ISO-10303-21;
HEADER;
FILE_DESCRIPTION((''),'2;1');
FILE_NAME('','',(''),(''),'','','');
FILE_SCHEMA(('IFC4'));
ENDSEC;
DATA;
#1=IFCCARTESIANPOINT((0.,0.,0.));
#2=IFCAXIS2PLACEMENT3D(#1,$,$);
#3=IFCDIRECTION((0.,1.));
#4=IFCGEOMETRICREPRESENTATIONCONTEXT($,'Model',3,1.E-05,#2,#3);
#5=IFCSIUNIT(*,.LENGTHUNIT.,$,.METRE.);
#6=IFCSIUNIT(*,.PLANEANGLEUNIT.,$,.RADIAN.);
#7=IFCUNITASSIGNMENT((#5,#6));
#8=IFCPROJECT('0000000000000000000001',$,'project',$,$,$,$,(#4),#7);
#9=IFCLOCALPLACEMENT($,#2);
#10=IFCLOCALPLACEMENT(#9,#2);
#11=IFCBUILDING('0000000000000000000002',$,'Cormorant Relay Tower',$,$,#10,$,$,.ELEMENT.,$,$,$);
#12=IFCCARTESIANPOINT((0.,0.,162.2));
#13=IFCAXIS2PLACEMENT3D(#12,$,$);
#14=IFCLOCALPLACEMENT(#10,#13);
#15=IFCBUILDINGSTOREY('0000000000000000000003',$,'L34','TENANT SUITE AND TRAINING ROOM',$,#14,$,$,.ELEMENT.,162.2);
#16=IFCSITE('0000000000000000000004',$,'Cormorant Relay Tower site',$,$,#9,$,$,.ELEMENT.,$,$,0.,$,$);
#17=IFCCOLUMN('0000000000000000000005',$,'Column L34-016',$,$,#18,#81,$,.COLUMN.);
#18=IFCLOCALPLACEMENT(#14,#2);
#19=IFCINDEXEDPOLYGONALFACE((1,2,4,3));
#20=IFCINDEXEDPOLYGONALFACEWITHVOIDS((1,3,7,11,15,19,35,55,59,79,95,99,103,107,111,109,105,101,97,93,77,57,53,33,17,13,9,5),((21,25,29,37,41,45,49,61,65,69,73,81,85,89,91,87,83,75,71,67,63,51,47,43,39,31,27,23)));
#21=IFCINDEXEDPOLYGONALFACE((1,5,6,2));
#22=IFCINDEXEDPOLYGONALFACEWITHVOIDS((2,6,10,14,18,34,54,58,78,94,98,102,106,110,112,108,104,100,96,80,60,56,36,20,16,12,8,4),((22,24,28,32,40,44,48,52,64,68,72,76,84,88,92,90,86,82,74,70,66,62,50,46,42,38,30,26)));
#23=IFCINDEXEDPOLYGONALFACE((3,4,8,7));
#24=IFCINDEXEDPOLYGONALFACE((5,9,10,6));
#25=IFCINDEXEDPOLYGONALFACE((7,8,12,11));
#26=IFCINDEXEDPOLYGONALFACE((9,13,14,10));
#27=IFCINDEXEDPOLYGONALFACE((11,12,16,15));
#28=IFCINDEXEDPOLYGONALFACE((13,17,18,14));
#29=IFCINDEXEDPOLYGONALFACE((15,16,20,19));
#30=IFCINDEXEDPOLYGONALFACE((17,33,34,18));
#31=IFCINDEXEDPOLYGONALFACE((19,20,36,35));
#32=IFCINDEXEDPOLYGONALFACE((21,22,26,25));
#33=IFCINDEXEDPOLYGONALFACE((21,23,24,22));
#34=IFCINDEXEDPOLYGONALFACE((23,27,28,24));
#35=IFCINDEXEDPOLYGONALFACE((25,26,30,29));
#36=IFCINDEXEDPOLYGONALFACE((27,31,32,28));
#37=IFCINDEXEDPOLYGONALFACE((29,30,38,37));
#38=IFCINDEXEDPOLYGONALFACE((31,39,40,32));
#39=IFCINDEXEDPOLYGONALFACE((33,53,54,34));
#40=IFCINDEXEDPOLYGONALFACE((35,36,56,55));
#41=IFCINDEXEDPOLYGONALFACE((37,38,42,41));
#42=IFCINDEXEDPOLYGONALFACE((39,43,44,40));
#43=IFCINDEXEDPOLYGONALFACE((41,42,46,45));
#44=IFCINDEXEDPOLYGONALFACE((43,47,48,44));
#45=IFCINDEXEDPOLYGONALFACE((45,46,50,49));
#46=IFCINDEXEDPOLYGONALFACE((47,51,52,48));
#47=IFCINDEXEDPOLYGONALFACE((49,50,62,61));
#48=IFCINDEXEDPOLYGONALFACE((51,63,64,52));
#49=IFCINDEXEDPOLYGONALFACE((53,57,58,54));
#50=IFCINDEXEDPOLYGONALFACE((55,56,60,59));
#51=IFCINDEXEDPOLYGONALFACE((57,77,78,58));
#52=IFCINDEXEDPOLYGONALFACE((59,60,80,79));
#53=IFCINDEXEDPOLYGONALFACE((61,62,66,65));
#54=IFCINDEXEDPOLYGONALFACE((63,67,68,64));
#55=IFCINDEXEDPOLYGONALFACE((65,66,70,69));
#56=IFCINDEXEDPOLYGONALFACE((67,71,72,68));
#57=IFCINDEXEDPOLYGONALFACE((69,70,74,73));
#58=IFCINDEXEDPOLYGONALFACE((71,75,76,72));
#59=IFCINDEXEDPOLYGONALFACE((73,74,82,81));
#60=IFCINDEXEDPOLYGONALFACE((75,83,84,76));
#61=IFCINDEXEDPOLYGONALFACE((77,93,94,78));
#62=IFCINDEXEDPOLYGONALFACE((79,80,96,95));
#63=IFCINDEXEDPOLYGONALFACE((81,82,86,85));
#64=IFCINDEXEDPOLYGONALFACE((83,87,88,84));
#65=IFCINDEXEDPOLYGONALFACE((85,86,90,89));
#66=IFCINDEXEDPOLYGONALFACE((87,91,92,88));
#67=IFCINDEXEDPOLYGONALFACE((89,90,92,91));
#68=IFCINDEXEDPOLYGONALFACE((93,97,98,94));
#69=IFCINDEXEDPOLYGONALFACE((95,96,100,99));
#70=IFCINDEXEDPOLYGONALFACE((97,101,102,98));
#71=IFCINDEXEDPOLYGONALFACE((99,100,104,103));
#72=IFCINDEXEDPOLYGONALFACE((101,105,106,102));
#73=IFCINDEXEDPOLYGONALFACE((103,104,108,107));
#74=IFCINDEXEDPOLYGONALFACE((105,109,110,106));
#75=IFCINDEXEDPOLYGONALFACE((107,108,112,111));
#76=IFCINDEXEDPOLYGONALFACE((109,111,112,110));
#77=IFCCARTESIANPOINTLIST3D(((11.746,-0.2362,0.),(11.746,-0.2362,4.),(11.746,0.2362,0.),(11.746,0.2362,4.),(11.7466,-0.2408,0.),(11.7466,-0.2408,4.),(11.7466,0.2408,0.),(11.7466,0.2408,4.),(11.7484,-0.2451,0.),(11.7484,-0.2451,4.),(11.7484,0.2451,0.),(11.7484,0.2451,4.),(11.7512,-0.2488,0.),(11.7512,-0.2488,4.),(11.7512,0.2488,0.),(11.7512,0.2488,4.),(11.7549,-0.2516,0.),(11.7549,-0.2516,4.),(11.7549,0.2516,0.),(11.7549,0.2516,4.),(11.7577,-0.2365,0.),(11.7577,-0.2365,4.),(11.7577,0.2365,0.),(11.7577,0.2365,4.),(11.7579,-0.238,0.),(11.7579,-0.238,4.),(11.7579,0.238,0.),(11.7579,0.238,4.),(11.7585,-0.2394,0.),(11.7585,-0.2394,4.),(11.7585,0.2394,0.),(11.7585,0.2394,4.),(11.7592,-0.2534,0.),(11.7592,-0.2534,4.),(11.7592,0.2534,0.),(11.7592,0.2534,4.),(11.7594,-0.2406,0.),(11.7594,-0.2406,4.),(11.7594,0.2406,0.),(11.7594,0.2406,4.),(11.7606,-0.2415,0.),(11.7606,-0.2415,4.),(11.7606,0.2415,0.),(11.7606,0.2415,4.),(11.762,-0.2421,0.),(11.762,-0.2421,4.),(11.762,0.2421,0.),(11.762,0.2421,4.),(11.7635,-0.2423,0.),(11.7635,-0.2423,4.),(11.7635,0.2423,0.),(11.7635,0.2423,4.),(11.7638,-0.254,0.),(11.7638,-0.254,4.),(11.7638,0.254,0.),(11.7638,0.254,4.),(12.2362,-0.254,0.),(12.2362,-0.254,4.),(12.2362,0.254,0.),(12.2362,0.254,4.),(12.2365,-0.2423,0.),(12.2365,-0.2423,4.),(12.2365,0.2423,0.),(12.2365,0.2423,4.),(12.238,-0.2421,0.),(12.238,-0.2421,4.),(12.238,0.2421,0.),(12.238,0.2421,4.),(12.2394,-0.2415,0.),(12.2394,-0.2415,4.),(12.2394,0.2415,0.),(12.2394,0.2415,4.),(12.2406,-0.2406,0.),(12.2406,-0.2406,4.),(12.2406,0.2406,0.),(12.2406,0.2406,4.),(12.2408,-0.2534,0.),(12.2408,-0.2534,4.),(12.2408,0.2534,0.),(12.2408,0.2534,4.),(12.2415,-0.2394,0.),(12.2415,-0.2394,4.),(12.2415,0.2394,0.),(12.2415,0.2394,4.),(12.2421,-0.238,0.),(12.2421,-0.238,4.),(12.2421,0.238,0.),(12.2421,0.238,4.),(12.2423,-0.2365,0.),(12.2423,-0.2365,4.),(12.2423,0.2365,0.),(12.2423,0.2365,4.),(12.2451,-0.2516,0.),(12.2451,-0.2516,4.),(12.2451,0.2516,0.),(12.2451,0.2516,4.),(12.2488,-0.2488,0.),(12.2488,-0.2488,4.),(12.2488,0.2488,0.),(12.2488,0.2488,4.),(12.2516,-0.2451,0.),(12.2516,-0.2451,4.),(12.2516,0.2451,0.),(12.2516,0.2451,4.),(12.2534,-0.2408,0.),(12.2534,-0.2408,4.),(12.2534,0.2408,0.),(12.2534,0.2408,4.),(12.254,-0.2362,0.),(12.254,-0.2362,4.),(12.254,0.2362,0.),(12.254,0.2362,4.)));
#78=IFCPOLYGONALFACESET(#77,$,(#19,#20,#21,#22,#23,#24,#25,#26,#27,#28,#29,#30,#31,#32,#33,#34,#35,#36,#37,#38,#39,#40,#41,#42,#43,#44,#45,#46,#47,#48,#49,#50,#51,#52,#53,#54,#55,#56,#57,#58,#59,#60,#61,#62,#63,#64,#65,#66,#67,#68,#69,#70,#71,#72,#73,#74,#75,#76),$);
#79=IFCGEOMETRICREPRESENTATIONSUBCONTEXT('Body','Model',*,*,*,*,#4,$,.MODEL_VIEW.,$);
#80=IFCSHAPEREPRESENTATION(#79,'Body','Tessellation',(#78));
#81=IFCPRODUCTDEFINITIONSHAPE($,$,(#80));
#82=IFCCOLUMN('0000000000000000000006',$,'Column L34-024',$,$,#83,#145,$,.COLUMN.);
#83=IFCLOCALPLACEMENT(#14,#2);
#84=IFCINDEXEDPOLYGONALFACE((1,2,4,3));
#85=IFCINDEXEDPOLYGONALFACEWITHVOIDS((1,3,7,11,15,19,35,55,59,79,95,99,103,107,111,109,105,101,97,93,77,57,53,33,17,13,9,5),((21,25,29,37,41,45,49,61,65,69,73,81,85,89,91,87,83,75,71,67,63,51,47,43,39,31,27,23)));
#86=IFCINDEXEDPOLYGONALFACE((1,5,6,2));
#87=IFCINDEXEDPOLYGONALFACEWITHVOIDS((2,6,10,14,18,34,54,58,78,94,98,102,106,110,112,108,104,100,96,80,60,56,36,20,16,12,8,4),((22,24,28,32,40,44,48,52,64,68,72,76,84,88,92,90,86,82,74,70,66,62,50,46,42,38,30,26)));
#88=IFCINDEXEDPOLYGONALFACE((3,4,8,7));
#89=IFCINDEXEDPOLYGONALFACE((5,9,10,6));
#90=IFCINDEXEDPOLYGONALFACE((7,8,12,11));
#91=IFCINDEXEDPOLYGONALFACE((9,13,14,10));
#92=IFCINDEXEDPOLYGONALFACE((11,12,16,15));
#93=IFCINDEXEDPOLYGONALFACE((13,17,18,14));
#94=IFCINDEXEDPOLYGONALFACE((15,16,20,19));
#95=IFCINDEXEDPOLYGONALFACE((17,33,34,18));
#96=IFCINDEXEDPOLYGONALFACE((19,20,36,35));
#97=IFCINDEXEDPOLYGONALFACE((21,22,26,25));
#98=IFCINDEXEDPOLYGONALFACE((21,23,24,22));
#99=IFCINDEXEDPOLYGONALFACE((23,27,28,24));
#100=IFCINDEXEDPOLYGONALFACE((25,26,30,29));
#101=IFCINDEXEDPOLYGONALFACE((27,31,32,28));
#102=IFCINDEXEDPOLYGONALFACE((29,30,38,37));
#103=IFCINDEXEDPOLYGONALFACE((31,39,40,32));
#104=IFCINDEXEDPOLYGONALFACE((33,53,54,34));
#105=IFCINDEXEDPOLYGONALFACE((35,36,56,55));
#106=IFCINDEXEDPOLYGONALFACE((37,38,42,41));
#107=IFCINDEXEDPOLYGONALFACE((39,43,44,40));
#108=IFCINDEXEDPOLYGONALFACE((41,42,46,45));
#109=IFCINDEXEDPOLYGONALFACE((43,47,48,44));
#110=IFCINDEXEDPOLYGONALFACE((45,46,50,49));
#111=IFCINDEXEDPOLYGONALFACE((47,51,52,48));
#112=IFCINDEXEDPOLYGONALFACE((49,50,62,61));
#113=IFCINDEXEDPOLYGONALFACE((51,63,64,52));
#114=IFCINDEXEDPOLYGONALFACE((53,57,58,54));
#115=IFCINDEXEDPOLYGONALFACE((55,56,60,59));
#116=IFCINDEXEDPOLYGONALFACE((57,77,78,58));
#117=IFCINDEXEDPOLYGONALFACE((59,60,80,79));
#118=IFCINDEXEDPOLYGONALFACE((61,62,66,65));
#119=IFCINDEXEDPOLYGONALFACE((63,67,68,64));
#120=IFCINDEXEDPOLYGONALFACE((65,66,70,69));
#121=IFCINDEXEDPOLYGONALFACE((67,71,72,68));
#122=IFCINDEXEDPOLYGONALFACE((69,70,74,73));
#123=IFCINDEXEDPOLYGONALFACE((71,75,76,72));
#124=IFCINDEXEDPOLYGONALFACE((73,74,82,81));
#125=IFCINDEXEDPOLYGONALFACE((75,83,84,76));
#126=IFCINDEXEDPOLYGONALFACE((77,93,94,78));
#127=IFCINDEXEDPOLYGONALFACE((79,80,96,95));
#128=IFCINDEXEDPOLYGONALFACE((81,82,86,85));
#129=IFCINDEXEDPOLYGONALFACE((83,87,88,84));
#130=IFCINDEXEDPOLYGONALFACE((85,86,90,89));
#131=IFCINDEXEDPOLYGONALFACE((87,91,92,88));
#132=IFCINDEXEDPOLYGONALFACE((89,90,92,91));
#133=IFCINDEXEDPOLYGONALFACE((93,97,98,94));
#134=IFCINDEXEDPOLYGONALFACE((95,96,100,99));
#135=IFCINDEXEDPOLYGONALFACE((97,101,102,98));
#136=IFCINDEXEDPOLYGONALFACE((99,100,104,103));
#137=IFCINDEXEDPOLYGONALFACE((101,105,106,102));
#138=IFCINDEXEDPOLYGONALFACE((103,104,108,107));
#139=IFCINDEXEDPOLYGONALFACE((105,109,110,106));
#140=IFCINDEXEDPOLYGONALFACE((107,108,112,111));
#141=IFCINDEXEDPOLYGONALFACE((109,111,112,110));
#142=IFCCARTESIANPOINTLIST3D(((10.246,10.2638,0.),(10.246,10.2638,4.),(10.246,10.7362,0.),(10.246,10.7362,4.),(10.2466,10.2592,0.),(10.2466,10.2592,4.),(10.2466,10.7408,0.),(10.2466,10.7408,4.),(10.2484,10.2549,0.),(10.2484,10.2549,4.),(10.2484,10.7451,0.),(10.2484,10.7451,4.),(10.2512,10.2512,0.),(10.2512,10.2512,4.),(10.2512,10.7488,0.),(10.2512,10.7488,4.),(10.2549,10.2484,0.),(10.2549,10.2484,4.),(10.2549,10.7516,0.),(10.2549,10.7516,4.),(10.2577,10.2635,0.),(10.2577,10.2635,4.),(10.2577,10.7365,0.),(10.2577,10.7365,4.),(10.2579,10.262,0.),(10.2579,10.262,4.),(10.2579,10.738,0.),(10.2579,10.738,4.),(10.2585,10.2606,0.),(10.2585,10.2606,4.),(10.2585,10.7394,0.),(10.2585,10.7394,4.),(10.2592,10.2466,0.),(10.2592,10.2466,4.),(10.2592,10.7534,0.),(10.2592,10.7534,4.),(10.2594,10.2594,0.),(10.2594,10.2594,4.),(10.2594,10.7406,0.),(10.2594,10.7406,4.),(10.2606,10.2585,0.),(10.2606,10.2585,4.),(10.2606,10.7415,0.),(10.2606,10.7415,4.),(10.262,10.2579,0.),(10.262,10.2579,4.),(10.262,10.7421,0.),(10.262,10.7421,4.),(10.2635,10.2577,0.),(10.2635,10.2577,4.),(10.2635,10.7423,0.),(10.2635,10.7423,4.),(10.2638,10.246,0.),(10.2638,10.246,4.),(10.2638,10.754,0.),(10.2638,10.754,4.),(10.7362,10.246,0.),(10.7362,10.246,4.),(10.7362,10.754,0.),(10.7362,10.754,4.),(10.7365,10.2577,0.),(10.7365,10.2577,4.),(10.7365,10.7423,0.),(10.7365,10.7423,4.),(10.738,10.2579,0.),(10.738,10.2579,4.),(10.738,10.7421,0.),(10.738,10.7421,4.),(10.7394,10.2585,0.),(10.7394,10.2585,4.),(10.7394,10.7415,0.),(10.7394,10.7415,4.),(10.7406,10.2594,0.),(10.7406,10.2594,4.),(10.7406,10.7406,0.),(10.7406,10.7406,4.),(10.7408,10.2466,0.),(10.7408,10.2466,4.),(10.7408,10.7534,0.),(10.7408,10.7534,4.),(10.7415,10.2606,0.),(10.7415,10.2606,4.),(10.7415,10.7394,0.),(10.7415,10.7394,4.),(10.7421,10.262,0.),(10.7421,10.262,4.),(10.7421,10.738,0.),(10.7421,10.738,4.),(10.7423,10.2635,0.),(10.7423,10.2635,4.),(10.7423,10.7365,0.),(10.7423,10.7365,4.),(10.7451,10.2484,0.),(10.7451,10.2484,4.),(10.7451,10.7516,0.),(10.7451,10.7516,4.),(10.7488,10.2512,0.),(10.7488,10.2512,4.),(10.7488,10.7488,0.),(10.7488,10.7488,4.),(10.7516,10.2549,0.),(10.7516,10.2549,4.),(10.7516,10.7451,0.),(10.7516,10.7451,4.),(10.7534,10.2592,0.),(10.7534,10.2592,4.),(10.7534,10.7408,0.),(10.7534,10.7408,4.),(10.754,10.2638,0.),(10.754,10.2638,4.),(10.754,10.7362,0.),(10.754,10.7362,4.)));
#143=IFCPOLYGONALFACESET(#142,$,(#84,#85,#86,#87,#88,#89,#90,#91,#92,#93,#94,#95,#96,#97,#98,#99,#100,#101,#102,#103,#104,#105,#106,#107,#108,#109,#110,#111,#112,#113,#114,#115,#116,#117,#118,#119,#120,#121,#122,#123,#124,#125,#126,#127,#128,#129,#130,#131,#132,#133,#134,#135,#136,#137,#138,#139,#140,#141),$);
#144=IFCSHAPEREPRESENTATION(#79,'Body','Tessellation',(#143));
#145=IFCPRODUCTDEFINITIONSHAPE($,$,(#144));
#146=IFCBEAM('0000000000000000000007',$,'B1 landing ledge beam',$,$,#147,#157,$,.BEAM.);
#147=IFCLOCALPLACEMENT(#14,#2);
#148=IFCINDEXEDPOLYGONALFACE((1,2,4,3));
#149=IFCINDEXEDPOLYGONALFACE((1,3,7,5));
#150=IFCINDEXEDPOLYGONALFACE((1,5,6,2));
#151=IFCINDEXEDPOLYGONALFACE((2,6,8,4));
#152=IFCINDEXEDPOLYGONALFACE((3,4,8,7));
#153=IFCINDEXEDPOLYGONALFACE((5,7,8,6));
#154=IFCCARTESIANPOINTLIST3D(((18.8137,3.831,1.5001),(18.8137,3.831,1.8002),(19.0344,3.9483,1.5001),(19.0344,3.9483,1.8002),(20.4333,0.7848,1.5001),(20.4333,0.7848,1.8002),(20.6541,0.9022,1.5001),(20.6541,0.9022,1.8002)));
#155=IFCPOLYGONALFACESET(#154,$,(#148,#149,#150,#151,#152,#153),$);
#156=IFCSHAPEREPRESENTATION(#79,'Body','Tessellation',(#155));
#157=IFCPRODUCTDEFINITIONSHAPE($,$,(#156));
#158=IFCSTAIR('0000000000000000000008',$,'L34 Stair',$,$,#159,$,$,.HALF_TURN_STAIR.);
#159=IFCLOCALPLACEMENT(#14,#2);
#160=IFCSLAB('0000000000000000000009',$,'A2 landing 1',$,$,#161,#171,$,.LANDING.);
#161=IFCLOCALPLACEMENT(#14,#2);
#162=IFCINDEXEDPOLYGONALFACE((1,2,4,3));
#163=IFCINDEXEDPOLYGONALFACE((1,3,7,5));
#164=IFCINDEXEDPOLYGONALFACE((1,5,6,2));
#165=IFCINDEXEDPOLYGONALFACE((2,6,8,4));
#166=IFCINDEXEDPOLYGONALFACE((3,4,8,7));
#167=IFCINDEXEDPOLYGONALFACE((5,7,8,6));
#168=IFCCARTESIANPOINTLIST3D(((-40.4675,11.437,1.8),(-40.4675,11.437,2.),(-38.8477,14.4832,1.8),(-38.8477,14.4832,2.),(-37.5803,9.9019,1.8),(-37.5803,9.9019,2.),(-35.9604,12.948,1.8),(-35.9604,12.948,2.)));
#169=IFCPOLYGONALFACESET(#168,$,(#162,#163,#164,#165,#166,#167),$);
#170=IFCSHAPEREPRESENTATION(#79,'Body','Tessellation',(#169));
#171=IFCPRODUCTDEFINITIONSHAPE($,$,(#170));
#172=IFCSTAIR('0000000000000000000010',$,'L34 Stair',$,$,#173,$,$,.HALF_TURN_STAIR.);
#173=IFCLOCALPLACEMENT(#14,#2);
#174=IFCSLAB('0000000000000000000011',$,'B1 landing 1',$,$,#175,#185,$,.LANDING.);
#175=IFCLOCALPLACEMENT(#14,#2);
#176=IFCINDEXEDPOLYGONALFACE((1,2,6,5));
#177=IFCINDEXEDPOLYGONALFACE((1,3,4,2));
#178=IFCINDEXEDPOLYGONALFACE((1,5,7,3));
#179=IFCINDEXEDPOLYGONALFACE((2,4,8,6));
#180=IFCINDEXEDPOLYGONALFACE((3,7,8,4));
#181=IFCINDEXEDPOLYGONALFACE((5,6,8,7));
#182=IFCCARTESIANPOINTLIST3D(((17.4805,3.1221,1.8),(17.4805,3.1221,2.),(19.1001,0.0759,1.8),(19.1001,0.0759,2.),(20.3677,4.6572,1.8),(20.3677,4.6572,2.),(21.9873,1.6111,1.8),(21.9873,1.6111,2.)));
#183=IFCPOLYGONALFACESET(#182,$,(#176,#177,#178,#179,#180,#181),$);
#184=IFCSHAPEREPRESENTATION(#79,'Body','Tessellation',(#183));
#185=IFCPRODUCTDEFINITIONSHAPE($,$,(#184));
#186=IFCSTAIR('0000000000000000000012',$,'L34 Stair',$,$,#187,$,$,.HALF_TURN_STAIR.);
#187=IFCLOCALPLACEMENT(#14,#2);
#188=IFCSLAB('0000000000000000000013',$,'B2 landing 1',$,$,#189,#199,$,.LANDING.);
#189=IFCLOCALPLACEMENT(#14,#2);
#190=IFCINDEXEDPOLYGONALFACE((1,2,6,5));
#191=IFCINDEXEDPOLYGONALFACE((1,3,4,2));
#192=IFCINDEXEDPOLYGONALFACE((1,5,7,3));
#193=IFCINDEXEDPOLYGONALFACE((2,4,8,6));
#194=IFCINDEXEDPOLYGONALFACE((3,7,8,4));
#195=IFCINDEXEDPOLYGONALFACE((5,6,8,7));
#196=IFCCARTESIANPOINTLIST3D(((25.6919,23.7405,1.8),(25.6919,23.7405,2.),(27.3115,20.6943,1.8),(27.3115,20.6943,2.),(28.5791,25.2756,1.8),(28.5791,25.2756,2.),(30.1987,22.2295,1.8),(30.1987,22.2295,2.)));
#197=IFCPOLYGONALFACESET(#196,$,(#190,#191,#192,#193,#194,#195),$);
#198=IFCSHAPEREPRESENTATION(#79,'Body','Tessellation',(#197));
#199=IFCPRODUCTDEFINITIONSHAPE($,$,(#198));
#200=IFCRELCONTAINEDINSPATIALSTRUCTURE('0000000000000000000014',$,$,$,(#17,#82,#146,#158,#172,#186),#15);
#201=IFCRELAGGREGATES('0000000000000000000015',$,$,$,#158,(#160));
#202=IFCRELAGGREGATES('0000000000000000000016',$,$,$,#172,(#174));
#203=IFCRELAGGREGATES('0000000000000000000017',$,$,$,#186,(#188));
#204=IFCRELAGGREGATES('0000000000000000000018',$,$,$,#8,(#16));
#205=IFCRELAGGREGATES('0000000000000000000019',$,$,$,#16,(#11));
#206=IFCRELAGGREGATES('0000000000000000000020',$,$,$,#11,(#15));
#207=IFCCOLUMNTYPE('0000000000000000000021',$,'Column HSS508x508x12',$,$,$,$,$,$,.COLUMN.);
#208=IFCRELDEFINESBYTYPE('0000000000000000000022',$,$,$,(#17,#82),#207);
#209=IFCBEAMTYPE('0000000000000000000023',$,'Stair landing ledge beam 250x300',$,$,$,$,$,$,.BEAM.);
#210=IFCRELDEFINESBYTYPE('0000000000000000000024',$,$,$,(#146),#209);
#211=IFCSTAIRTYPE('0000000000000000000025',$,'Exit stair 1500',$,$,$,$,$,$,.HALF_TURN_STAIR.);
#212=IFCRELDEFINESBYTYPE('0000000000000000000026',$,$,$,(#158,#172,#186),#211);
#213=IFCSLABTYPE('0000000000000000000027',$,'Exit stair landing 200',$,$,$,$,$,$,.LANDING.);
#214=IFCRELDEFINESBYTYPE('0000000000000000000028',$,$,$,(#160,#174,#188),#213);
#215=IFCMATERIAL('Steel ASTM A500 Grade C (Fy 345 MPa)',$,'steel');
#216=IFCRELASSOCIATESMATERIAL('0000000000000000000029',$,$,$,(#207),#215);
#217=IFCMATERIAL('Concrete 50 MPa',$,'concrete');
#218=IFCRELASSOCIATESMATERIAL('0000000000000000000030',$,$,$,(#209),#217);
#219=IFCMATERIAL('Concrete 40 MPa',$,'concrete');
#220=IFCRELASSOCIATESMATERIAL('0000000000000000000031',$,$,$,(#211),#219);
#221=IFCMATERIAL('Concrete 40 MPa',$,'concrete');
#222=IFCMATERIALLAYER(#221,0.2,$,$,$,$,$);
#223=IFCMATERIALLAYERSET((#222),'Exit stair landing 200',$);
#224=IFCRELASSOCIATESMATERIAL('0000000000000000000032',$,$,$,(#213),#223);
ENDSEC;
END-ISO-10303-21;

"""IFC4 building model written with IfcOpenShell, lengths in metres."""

from ifc_helpers import new_model, si_unit, direction, frame, origin, origin_2d, place, context, subcontext, project, spatial, polyline, rectangle, hollow_rectangle, outline, extrude, material, layer, layer_set, material_profile, profile_set, type_object, element, aggregate, save


model = new_model("IFC4")

# Units and contexts
model_context = context("Model", 3, precision=1e-05, world=origin(), true_north=direction((0.0, 1.0)))
body_context = subcontext(model_context, "Body", "Model", "MODEL_VIEW")
ifc_project = project(units=[si_unit("LENGTHUNIT", "METRE"), si_unit("PLANEANGLEUNIT", "RADIAN")], contexts=[model_context])

# Site, building, storey
site_placement = place(None, origin())
site = spatial("IfcSite", under=ifc_project, at=site_placement, Name="Cormorant Relay Tower site", CompositionType="ELEMENT", RefElevation=0.0)
building_placement = place(site_placement, origin())
building = spatial("IfcBuilding", under=site, at=building_placement, Name="Cormorant Relay Tower", CompositionType="ELEMENT")
storey_placement = place(building_placement, frame((0.0, 0.0, 162.2)))
storey = spatial("IfcBuildingStorey", under=building, at=storey_placement, Name="L34", Description="TENANT SUITE AND TRAINING ROOM", CompositionType="ELEMENT", Elevation=162.2)

# Columns
ifc_material_1 = material(Name="Steel ASTM A500 Grade C (Fy 345 MPa)", Category="steel")
ifc_material_profile_1 = material_profile(ifc_material_1, hollow_rectangle(XDim=0.5081, YDim=0.5081, WallThickness=0.0117, InnerFilletRadius=0.0059, OuterFilletRadius=0.0178, at=origin_2d()), Name="HSS508x508x12")
ifc_profile_set_1 = profile_set([ifc_material_profile_1], Name="Steel ASTM A500 Grade C (Fy 345 MPa)")
column_type = type_object("IfcColumnType", Name="Column HSS508x508x12", PredefinedType="COLUMN", material=ifc_profile_set_1)
for number, where, z_axis, x_axis, name in (
    (1, (12.0, 0.0, 0.0), (0.0, 0.0, 1.0), (1.0, 0.0, 0.0), "Column L34-016"),
    (2, (10.5, 10.5, 0.0), (0.0, 0.0, 1.0), (1.0, 0.0, 0.0), "Column L34-024"),
):
    element("IfcColumn", number, at=place(storey_placement, frame(where, z_axis=z_axis, x_axis=x_axis)), inside=storey, type_object=column_type, Name=name, PredefinedType="COLUMN", context=body_context, shape_type="SweptSolid", body=[
        extrude(hollow_rectangle(XDim=0.5081, YDim=0.5081, WallThickness=0.0117, InnerFilletRadius=0.0059, OuterFilletRadius=0.0178, at=origin_2d()), origin(), (0.0, 0.0, 1.0), 4.0),
    ])

# Beam
ifc_material_2 = material(Name="Concrete 50 MPa", Category="concrete")
ifc_material_profile_2 = material_profile(ifc_material_2, rectangle(XDim=0.25, YDim=0.3, at=origin_2d()), Name="RC 250x300")
ifc_profile_set_2 = profile_set([ifc_material_profile_2], Name="Concrete 50 MPa")
beam_type = type_object("IfcBeamType", Name="Stair landing ledge beam 250x300", PredefinedType="BEAM", material=ifc_profile_set_2)
beam_placement = place(storey_placement, frame((18.9241, 3.8896, 1.6501), z_axis=(0.469464, -0.882952, 0.0), x_axis=(0.882952, 0.469464, 0.0)))
element("IfcBeam", 3, at=beam_placement, inside=storey, type_object=beam_type, Name="B1 landing ledge beam", PredefinedType="BEAM", context=body_context, shape_type="SweptSolid", body=[
    extrude(rectangle(XDim=0.25, YDim=0.3, at=origin_2d()), origin(), (0.0, 0.0, 1.0), 3.45),
])

# Stairs, slabs
ifc_material_3 = material(Name="Concrete 40 MPa", Category="concrete")
stair_type_1 = type_object("IfcStairType", Name="Exit stair 1500", PredefinedType="HALF_TURN_STAIR", material=ifc_material_3)
stair_1_placement = place(storey_placement, origin())
stair_1 = element("IfcStair", 4, at=stair_1_placement, inside=storey, type_object=stair_type_1, Name="L34 Stair", PredefinedType="HALF_TURN_STAIR")
ifc_material_4 = material(Name="Concrete 40 MPa", Category="concrete")
ifc_layer_1 = layer(ifc_material_4, 0.2)
ifc_layer_set_1 = layer_set([ifc_layer_1], Name="Exit stair landing 200")
slab_type = type_object("IfcSlabType", Name="Exit stair landing 200", PredefinedType="LANDING", material=ifc_layer_set_1)
slab_1_placement = place(storey_placement, frame((0.0, 0.0, 1.8)))
slab_1 = element("IfcSlab", 5, at=slab_1_placement, type_object=slab_type, Name="A2 landing 1", PredefinedType="LANDING", context=body_context, shape_type="SweptSolid", body=[
    extrude(outline(polyline([(-35.9604, 12.948), (-38.8477, 14.4832), (-40.4675, 11.437), (-37.5803, 9.9019), (-35.9604, 12.948)])), origin(), (0.0, 0.0, 1.0), 0.2),
])
aggregate(stair_1, [slab_1])
stair_2_placement = place(storey_placement, origin())
stair_2 = element("IfcStair", 6, at=stair_2_placement, inside=storey, type_object=stair_type_1, Name="L34 Stair", PredefinedType="HALF_TURN_STAIR")
slab_2_placement = place(storey_placement, frame((0.0, 0.0, 1.8)))
slab_2 = element("IfcSlab", 7, at=slab_2_placement, type_object=slab_type, Name="B1 landing 1", PredefinedType="LANDING", context=body_context, shape_type="SweptSolid", body=[
    extrude(outline(polyline([(20.3677, 4.6572), (17.4805, 3.1221), (19.1001, 0.0759), (21.9873, 1.6111), (20.3677, 4.6572)])), origin(), (0.0, 0.0, 1.0), 0.2),
])
aggregate(stair_2, [slab_2])
stair_3_placement = place(storey_placement, origin())
stair_3 = element("IfcStair", 8, at=stair_3_placement, inside=storey, type_object=stair_type_1, Name="L34 Stair", PredefinedType="HALF_TURN_STAIR")
slab_3_placement = place(storey_placement, frame((0.0, 0.0, 1.8)))
slab_3 = element("IfcSlab", 9, at=slab_3_placement, type_object=slab_type, Name="B2 landing 1", PredefinedType="LANDING", context=body_context, shape_type="SweptSolid", body=[
    extrude(outline(polyline([(27.3115, 20.6943), (30.1987, 22.2295), (28.5791, 25.2756), (25.6919, 23.7405), (27.3115, 20.6943)])), origin(), (0.0, 0.0, 1.0), 0.2),
])
aggregate(stair_3, [slab_3])

save(model, "model.ifc")
